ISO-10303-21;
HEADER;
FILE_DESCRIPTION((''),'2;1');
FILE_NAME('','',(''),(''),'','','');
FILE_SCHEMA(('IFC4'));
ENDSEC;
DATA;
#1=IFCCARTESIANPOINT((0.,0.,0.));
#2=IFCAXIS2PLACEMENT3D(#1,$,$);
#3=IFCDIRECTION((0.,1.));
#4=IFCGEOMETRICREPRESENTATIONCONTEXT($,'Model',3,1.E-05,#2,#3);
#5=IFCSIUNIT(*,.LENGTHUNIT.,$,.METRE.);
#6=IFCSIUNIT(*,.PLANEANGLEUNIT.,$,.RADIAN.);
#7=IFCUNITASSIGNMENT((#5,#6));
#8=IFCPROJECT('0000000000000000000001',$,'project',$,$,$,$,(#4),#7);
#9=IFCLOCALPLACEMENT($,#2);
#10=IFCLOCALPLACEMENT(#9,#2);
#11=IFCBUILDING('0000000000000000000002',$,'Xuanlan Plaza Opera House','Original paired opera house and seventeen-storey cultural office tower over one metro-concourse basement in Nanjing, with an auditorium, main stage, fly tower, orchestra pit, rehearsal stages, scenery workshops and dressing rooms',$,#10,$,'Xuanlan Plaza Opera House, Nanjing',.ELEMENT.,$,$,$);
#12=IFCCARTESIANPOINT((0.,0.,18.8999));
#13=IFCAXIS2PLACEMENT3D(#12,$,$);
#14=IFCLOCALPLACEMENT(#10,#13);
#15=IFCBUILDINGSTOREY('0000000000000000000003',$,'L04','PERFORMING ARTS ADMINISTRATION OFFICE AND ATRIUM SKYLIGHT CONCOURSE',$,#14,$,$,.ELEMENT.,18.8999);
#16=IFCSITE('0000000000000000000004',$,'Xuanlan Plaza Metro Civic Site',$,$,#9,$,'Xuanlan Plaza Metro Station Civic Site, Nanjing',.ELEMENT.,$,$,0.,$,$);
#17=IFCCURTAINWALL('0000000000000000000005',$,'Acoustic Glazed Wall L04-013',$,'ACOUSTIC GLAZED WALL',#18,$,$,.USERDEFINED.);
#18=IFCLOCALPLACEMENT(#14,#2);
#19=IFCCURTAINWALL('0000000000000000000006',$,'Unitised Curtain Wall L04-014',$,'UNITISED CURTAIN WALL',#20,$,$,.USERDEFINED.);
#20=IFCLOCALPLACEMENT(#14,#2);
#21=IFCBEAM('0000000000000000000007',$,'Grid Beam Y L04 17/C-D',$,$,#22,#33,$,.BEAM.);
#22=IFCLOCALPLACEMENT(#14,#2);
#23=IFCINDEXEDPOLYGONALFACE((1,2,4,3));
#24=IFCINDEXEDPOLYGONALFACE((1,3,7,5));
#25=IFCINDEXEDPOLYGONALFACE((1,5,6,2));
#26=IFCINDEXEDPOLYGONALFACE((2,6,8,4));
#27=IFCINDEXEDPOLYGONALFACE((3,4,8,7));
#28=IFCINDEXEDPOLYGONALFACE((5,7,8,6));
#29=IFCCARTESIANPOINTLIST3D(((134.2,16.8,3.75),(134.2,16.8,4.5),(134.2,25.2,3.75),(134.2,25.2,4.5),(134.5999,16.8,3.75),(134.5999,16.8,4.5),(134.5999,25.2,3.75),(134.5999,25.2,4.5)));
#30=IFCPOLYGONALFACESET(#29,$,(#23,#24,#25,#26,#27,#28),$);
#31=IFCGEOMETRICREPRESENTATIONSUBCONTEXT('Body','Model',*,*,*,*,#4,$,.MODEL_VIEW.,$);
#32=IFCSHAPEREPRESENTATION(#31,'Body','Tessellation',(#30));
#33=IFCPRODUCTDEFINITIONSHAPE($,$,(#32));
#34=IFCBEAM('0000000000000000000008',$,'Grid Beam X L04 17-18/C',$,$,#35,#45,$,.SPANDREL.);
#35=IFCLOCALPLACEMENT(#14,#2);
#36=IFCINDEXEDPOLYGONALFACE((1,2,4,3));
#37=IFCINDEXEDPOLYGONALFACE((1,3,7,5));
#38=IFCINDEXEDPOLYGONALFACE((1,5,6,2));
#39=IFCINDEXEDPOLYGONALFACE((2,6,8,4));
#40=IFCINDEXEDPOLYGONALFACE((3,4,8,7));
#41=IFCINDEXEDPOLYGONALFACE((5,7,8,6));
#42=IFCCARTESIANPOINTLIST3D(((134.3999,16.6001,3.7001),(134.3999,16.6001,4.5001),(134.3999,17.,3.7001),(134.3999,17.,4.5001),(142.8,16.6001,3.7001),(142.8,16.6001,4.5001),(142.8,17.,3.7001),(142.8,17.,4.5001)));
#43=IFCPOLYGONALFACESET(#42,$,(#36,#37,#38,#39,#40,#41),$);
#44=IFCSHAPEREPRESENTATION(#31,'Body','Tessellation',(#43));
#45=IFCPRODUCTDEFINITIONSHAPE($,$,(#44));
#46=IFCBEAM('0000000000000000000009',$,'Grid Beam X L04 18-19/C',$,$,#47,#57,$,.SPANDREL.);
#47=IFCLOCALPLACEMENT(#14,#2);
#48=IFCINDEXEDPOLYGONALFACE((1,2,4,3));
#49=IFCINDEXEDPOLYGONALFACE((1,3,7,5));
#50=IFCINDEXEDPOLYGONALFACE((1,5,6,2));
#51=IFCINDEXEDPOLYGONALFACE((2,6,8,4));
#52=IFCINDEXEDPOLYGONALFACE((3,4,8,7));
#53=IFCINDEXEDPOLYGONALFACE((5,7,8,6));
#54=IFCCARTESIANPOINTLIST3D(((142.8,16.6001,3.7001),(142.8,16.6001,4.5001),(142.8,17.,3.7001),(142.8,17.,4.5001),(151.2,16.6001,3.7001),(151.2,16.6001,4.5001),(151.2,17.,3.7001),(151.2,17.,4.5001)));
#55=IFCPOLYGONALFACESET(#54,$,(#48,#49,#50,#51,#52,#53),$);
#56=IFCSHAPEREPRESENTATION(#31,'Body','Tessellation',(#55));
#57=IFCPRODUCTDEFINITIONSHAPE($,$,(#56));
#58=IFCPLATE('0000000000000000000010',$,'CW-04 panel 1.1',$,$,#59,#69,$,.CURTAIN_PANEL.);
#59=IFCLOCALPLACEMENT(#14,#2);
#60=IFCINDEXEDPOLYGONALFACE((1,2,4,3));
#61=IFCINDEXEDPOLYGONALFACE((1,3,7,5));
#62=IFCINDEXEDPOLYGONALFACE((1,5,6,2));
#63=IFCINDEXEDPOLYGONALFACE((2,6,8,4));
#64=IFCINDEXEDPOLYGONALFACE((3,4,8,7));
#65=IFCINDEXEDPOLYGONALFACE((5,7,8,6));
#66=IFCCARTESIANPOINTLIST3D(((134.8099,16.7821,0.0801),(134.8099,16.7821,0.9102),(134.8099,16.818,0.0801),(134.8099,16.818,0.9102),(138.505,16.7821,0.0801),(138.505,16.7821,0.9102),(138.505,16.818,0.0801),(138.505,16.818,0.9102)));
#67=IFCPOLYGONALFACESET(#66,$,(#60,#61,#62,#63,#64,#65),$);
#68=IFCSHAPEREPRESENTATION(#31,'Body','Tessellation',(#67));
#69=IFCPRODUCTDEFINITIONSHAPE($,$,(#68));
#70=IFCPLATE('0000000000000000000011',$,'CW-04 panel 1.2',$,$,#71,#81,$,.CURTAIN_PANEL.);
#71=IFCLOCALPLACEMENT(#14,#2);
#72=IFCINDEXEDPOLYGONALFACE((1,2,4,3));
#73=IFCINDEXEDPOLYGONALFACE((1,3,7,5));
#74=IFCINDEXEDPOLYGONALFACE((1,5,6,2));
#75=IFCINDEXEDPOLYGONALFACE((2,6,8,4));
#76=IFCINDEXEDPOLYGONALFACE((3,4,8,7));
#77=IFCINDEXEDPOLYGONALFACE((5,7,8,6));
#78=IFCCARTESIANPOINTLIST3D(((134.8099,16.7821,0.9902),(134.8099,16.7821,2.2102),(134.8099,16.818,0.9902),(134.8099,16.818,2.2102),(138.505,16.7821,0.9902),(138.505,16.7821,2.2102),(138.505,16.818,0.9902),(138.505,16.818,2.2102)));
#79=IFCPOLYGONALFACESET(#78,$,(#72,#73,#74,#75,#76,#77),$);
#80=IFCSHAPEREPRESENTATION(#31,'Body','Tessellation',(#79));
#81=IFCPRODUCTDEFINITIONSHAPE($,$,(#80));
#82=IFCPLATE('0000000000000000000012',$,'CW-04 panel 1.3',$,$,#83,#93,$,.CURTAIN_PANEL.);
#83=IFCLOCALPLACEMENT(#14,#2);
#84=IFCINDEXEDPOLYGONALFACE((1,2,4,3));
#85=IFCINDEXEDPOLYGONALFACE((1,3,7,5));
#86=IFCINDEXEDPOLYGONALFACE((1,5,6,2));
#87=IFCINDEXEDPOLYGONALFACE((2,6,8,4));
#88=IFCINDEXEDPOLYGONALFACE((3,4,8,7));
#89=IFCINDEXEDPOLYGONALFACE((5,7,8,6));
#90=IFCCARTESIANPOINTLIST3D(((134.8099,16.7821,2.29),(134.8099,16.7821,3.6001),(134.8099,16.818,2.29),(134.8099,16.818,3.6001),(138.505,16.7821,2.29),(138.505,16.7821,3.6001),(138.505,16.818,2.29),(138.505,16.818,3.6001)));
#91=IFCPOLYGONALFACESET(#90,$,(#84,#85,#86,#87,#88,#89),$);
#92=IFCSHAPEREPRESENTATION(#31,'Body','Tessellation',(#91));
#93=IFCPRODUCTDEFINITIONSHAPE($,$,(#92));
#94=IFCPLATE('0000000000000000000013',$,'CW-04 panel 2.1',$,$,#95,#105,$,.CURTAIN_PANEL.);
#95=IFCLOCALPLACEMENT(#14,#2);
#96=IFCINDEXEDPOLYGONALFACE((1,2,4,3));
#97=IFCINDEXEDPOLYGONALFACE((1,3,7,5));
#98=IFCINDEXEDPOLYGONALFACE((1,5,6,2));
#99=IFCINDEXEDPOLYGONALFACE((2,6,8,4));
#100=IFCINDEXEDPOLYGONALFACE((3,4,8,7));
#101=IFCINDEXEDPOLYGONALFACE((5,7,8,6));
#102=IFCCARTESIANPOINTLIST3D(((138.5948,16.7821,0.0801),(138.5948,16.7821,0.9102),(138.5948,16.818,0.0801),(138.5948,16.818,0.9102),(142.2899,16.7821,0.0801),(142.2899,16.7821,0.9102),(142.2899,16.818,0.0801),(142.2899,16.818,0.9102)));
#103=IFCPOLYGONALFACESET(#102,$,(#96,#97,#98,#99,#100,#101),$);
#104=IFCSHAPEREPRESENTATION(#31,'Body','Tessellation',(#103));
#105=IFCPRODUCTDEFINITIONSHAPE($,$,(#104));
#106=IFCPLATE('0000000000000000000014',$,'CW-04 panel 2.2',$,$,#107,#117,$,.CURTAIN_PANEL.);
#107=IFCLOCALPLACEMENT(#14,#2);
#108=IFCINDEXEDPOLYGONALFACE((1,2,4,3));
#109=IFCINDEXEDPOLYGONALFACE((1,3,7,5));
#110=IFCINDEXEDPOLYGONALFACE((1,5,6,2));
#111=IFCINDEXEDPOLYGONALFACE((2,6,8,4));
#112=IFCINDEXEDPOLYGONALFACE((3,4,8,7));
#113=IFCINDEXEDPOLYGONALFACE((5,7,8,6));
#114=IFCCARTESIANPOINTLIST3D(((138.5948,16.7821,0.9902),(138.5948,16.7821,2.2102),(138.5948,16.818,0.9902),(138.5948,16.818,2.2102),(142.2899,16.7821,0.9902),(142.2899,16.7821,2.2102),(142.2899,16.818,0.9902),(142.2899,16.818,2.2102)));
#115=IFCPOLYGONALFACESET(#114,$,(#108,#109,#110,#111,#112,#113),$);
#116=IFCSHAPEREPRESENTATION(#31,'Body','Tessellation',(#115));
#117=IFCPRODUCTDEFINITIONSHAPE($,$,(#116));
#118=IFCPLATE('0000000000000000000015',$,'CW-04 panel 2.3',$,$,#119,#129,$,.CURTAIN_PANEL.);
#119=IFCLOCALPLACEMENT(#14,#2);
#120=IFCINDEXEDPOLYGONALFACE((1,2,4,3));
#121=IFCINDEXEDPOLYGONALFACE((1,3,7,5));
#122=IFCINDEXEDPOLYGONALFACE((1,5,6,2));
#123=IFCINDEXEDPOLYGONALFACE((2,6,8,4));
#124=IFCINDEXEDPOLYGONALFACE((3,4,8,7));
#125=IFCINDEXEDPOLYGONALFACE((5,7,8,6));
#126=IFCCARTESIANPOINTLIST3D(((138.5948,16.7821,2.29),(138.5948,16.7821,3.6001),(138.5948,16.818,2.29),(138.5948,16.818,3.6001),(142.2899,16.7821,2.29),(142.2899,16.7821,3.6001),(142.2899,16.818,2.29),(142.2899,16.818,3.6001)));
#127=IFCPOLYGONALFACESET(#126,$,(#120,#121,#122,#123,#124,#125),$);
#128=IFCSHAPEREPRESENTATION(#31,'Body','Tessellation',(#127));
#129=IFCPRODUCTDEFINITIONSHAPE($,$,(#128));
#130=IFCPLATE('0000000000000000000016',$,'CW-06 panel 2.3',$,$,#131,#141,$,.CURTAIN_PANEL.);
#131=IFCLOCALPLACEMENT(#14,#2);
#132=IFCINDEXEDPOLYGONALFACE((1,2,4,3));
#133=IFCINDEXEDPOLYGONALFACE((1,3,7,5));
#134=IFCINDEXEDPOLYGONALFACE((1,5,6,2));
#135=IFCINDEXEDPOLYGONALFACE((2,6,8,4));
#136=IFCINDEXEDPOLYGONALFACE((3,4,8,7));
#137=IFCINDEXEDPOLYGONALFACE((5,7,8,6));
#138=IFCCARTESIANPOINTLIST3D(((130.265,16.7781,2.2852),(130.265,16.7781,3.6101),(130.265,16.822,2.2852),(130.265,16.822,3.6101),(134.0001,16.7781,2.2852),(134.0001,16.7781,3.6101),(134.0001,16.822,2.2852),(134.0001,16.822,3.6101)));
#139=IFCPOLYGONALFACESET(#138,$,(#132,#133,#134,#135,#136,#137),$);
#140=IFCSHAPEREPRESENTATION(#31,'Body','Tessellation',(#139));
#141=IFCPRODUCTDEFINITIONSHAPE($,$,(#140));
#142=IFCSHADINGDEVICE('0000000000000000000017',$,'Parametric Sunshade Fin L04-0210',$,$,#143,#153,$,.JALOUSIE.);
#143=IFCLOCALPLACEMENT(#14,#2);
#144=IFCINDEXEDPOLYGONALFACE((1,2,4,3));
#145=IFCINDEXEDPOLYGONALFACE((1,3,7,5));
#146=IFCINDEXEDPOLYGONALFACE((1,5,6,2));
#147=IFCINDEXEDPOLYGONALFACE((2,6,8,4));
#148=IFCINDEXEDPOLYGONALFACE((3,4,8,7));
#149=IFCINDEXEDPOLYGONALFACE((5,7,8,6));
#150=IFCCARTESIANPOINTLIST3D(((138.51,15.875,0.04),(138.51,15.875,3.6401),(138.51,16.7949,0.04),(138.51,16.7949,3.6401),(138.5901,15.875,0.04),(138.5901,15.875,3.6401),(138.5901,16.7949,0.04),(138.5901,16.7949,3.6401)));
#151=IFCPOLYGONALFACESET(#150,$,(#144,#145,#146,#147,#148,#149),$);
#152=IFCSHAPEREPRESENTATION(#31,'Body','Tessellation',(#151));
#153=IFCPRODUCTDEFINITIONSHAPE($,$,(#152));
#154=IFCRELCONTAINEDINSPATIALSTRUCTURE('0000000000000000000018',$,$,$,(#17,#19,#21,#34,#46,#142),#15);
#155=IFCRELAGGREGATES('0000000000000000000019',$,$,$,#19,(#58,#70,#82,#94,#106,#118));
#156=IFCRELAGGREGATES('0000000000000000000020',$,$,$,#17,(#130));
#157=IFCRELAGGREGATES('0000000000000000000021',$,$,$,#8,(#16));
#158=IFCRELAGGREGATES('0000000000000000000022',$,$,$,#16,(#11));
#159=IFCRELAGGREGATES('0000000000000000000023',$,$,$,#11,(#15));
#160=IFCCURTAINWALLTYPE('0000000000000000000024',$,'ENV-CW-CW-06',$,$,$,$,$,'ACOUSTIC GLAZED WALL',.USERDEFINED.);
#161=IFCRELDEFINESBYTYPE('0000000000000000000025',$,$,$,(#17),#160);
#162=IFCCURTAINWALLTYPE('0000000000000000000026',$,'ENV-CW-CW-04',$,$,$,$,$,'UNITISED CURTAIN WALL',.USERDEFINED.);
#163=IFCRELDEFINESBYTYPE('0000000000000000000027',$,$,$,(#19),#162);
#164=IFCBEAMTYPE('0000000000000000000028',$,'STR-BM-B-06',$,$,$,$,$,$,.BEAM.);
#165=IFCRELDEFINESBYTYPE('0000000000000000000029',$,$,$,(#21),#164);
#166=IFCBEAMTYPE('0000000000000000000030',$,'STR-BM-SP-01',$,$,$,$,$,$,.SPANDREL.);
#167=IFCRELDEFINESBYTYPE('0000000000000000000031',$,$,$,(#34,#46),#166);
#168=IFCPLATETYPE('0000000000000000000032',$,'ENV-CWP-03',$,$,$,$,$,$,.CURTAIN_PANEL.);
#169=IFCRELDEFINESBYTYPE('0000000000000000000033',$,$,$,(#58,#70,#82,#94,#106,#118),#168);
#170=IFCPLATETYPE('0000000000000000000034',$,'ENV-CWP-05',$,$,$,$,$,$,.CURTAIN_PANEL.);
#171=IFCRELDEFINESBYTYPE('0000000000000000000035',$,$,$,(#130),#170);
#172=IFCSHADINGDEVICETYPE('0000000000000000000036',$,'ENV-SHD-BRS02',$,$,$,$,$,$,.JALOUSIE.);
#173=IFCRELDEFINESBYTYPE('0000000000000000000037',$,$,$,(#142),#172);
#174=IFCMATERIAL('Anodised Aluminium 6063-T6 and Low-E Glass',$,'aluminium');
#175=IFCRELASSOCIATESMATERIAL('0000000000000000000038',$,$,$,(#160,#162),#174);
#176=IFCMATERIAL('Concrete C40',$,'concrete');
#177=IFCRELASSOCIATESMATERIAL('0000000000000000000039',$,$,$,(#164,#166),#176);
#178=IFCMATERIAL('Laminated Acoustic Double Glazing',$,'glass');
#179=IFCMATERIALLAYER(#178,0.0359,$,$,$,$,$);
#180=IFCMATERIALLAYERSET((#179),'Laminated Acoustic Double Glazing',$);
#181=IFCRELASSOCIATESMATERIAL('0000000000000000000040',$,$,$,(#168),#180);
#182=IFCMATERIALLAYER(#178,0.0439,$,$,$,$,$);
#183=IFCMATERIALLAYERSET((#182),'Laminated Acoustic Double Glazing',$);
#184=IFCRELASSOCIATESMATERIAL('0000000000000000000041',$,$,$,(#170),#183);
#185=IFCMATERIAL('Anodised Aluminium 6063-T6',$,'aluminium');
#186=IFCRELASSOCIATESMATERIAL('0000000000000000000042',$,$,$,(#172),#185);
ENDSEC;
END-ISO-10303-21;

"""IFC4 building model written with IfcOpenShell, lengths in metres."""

from ifc_helpers import new_model, si_unit, direction, frame, origin, origin_2d, place, context, subcontext, project, spatial, rectangle, extrude, material, layer, layer_set, material_profile, profile_set, type_object, element, aggregate, save


model = new_model("IFC4")

# Units and contexts
model_context = context("Model", 3, precision=1e-05, world=origin(), true_north=direction((0.0, 1.0)))
body_context = subcontext(model_context, "Body", "Model", "MODEL_VIEW")
ifc_project = project(units=[si_unit("LENGTHUNIT", "METRE"), si_unit("PLANEANGLEUNIT", "RADIAN")], contexts=[model_context])

# Site, building, storey
site_placement = place(None, origin())
site = spatial("IfcSite", under=ifc_project, at=site_placement, Name="Xuanlan Plaza Metro Civic Site", LongName="Xuanlan Plaza Metro Station Civic Site, Nanjing", CompositionType="ELEMENT", RefElevation=0.0)
building_placement = place(site_placement, origin())
building = spatial("IfcBuilding", under=site, at=building_placement, Name="Xuanlan Plaza Opera House", Description="Original paired opera house and seventeen-storey cultural office tower over one metro-concourse basement in Nanjing, with an auditorium, main stage, fly tower, orchestra pit, rehearsal stages, scenery workshops and dressing rooms", LongName="Xuanlan Plaza Opera House, Nanjing", CompositionType="ELEMENT")
storey_placement = place(building_placement, frame((0.0, 0.0, 18.8999)))
storey = spatial("IfcBuildingStorey", under=building, at=storey_placement, Name="L04", Description="PERFORMING ARTS ADMINISTRATION OFFICE AND ATRIUM SKYLIGHT CONCOURSE", CompositionType="ELEMENT", Elevation=18.8999)

# Shared definitions
ifc_material_1 = material(Name="Concrete C40", Category="concrete")

# Curtain wall
ifc_material_2 = material(Name="Anodised Aluminium 6063-T6 and Low-E Glass", Category="aluminium")
curtain_wall_type_1 = type_object("IfcCurtainWallType", Name="ENV-CW-CW-06", ElementType="ACOUSTIC GLAZED WALL", PredefinedType="USERDEFINED", material=ifc_material_2)
curtain_wall_1_placement = place(storey_placement, origin())
curtain_wall_1 = element("IfcCurtainWall", 1, at=curtain_wall_1_placement, inside=storey, type_object=curtain_wall_type_1, Name="Acoustic Glazed Wall L04-013", ObjectType="ACOUSTIC GLAZED WALL", PredefinedType="USERDEFINED")
ifc_material_3 = material(Name="Anodised Aluminium 6063-T6", Category="aluminium")

# Curtain wall
curtain_wall_type_2 = type_object("IfcCurtainWallType", Name="ENV-CW-CW-04", ElementType="UNITISED CURTAIN WALL", PredefinedType="USERDEFINED", material=ifc_material_2)
curtain_wall_2_placement = place(storey_placement, origin())
curtain_wall_2 = element("IfcCurtainWall", 2, at=curtain_wall_2_placement, inside=storey, type_object=curtain_wall_type_2, Name="Unitised Curtain Wall L04-014", ObjectType="UNITISED CURTAIN WALL", PredefinedType="USERDEFINED")

# Beams
ifc_material_profile_1 = material_profile(ifc_material_1, rectangle(XDim=0.3999, YDim=0.75, at=origin_2d()), Name="RC-BM 400x750")
ifc_profile_set_1 = profile_set([ifc_material_profile_1], Name="Concrete C40")
beam_type_1 = type_object("IfcBeamType", Name="STR-BM-B-06", PredefinedType="BEAM", material=ifc_profile_set_1)
beam_1_placement = place(storey_placement, frame((134.3999, 16.8, 4.125), z_axis=(0.0, 1.0, 0.0), x_axis=(-1.0, 0.0, 0.0)))
element("IfcBeam", 3, at=beam_1_placement, inside=storey, type_object=beam_type_1, Name="Grid Beam Y L04 17/C-D", PredefinedType="BEAM", context=body_context, shape_type="SweptSolid", body=[
    extrude(rectangle(XDim=0.3999, YDim=0.75, at=origin_2d()), origin(), (0.0, 0.0, 1.0), 8.3999),
])
ifc_material_profile_2 = material_profile(ifc_material_1, rectangle(XDim=0.3999, YDim=0.8, at=origin_2d()), Name="RC-SPD 400x800")
ifc_profile_set_2 = profile_set([ifc_material_profile_2], Name="Concrete C40")
beam_type_2 = type_object("IfcBeamType", Name="STR-BM-SP-01", PredefinedType="SPANDREL", material=ifc_profile_set_2)
beam_2_placement = place(storey_placement, frame((134.3999, 16.8, 4.1001), z_axis=(1.0, 0.0, 0.0), x_axis=(0.0, 1.0, 0.0)))
element("IfcBeam", 4, at=beam_2_placement, inside=storey, type_object=beam_type_2, Name="Grid Beam X L04 17-18/C", PredefinedType="SPANDREL", context=body_context, shape_type="SweptSolid", body=[
    extrude(rectangle(XDim=0.3999, YDim=0.8, at=origin_2d()), origin(), (0.0, 0.0, 1.0), 8.4001),
])
beam_3_placement = place(storey_placement, frame((142.8, 16.8, 4.1001), z_axis=(1.0, 0.0, 0.0), x_axis=(0.0, 1.0, 0.0)))
element("IfcBeam", 5, at=beam_3_placement, inside=storey, type_object=beam_type_2, Name="Grid Beam X L04 18-19/C", PredefinedType="SPANDREL", context=body_context, shape_type="SweptSolid", body=[
    extrude(rectangle(XDim=0.3999, YDim=0.8, at=origin_2d()), origin(), (0.0, 0.0, 1.0), 8.3999),
])

# Plates
ifc_material_4 = material(Name="Laminated Acoustic Double Glazing", Category="glass")
ifc_layer_1 = layer(ifc_material_4, 0.0359)
ifc_layer_set_1 = layer_set([ifc_layer_1], Name="Laminated Acoustic Double Glazing")
plate_type_1 = type_object("IfcPlateType", Name="ENV-CWP-03", PredefinedType="CURTAIN_PANEL", material=ifc_layer_set_1)
plate_1_placement = place(storey_placement, frame((136.6575, 16.8, 0.0801), z_axis=(0.0, 0.0, 1.0), x_axis=(1.0, 0.0, 0.0)))
plate_1 = element("IfcPlate", 6, at=plate_1_placement, type_object=plate_type_1, Name="CW-04 panel 1.1", PredefinedType="CURTAIN_PANEL", context=body_context, shape_type="SweptSolid", body=[
    extrude(rectangle(XDim=3.6951, YDim=0.0359, at=origin_2d()), origin(), (0.0, 0.0, 1.0), 0.8301),
])
plate_2_placement = place(storey_placement, frame((136.6575, 16.8, 0.9902), z_axis=(0.0, 0.0, 1.0), x_axis=(1.0, 0.0, 0.0)))
plate_2 = element("IfcPlate", 7, at=plate_2_placement, type_object=plate_type_1, Name="CW-04 panel 1.2", PredefinedType="CURTAIN_PANEL", context=body_context, shape_type="SweptSolid", body=[
    extrude(rectangle(XDim=3.6951, YDim=0.0359, at=origin_2d()), origin(), (0.0, 0.0, 1.0), 1.22),
])
plate_3_placement = place(storey_placement, frame((136.6575, 16.8, 2.29), z_axis=(0.0, 0.0, 1.0), x_axis=(1.0, 0.0, 0.0)))
plate_3 = element("IfcPlate", 8, at=plate_3_placement, type_object=plate_type_1, Name="CW-04 panel 1.3", PredefinedType="CURTAIN_PANEL", context=body_context, shape_type="SweptSolid", body=[
    extrude(rectangle(XDim=3.6951, YDim=0.0359, at=origin_2d()), origin(), (0.0, 0.0, 1.0), 1.3101),
])
plate_4_placement = place(storey_placement, frame((140.4424, 16.8, 0.0801), z_axis=(0.0, 0.0, 1.0), x_axis=(1.0, 0.0, 0.0)))
plate_4 = element("IfcPlate", 9, at=plate_4_placement, type_object=plate_type_1, Name="CW-04 panel 2.1", PredefinedType="CURTAIN_PANEL", context=body_context, shape_type="SweptSolid", body=[
    extrude(rectangle(XDim=3.6951, YDim=0.0359, at=origin_2d()), origin(), (0.0, 0.0, 1.0), 0.8301),
])
plate_5_placement = place(storey_placement, frame((140.4424, 16.8, 0.9902), z_axis=(0.0, 0.0, 1.0), x_axis=(1.0, 0.0, 0.0)))
plate_5 = element("IfcPlate", 10, at=plate_5_placement, type_object=plate_type_1, Name="CW-04 panel 2.2", PredefinedType="CURTAIN_PANEL", context=body_context, shape_type="SweptSolid", body=[
    extrude(rectangle(XDim=3.6951, YDim=0.0359, at=origin_2d()), origin(), (0.0, 0.0, 1.0), 1.22),
])
plate_6_placement = place(storey_placement, frame((140.4424, 16.8, 2.29), z_axis=(0.0, 0.0, 1.0), x_axis=(1.0, 0.0, 0.0)))
plate_6 = element("IfcPlate", 11, at=plate_6_placement, type_object=plate_type_1, Name="CW-04 panel 2.3", PredefinedType="CURTAIN_PANEL", context=body_context, shape_type="SweptSolid", body=[
    extrude(rectangle(XDim=3.6951, YDim=0.0359, at=origin_2d()), origin(), (0.0, 0.0, 1.0), 1.3101),
])
aggregate(curtain_wall_2, [plate_1, plate_2, plate_3, plate_4, plate_5, plate_6])
ifc_layer_2 = layer(ifc_material_4, 0.0439)
ifc_layer_set_2 = layer_set([ifc_layer_2], Name="Laminated Acoustic Double Glazing")
plate_type_2 = type_object("IfcPlateType", Name="ENV-CWP-05", PredefinedType="CURTAIN_PANEL", material=ifc_layer_set_2)
plate_7_placement = place(storey_placement, frame((132.1326, 16.8, 2.2852), z_axis=(0.0, 0.0, 1.0), x_axis=(1.0, 0.0, 0.0)))
plate_7 = element("IfcPlate", 12, at=plate_7_placement, type_object=plate_type_2, Name="CW-06 panel 2.3", PredefinedType="CURTAIN_PANEL", context=body_context, shape_type="SweptSolid", body=[
    extrude(rectangle(XDim=3.7351, YDim=0.0439, at=origin_2d()), origin(), (0.0, 0.0, 1.0), 1.325),
])
aggregate(curtain_wall_1, [plate_7])

# Shading device
shading_device_type = type_object("IfcShadingDeviceType", Name="ENV-SHD-BRS02", PredefinedType="JALOUSIE", material=ifc_material_3)
shading_device_placement = place(storey_placement, frame((138.55, 16.335, 0.04), z_axis=(0.0, 0.0, 1.0), x_axis=(0.0, -1.0, 0.0)))
element("IfcShadingDevice", 13, at=shading_device_placement, inside=storey, type_object=shading_device_type, Name="Parametric Sunshade Fin L04-0210", PredefinedType="JALOUSIE", context=body_context, shape_type="SweptSolid", body=[
    extrude(rectangle(XDim=0.9199, YDim=0.0801, at=origin_2d()), origin(), (0.0, 0.0, 1.0), 3.6001),
])

save(model, "model.ifc")
